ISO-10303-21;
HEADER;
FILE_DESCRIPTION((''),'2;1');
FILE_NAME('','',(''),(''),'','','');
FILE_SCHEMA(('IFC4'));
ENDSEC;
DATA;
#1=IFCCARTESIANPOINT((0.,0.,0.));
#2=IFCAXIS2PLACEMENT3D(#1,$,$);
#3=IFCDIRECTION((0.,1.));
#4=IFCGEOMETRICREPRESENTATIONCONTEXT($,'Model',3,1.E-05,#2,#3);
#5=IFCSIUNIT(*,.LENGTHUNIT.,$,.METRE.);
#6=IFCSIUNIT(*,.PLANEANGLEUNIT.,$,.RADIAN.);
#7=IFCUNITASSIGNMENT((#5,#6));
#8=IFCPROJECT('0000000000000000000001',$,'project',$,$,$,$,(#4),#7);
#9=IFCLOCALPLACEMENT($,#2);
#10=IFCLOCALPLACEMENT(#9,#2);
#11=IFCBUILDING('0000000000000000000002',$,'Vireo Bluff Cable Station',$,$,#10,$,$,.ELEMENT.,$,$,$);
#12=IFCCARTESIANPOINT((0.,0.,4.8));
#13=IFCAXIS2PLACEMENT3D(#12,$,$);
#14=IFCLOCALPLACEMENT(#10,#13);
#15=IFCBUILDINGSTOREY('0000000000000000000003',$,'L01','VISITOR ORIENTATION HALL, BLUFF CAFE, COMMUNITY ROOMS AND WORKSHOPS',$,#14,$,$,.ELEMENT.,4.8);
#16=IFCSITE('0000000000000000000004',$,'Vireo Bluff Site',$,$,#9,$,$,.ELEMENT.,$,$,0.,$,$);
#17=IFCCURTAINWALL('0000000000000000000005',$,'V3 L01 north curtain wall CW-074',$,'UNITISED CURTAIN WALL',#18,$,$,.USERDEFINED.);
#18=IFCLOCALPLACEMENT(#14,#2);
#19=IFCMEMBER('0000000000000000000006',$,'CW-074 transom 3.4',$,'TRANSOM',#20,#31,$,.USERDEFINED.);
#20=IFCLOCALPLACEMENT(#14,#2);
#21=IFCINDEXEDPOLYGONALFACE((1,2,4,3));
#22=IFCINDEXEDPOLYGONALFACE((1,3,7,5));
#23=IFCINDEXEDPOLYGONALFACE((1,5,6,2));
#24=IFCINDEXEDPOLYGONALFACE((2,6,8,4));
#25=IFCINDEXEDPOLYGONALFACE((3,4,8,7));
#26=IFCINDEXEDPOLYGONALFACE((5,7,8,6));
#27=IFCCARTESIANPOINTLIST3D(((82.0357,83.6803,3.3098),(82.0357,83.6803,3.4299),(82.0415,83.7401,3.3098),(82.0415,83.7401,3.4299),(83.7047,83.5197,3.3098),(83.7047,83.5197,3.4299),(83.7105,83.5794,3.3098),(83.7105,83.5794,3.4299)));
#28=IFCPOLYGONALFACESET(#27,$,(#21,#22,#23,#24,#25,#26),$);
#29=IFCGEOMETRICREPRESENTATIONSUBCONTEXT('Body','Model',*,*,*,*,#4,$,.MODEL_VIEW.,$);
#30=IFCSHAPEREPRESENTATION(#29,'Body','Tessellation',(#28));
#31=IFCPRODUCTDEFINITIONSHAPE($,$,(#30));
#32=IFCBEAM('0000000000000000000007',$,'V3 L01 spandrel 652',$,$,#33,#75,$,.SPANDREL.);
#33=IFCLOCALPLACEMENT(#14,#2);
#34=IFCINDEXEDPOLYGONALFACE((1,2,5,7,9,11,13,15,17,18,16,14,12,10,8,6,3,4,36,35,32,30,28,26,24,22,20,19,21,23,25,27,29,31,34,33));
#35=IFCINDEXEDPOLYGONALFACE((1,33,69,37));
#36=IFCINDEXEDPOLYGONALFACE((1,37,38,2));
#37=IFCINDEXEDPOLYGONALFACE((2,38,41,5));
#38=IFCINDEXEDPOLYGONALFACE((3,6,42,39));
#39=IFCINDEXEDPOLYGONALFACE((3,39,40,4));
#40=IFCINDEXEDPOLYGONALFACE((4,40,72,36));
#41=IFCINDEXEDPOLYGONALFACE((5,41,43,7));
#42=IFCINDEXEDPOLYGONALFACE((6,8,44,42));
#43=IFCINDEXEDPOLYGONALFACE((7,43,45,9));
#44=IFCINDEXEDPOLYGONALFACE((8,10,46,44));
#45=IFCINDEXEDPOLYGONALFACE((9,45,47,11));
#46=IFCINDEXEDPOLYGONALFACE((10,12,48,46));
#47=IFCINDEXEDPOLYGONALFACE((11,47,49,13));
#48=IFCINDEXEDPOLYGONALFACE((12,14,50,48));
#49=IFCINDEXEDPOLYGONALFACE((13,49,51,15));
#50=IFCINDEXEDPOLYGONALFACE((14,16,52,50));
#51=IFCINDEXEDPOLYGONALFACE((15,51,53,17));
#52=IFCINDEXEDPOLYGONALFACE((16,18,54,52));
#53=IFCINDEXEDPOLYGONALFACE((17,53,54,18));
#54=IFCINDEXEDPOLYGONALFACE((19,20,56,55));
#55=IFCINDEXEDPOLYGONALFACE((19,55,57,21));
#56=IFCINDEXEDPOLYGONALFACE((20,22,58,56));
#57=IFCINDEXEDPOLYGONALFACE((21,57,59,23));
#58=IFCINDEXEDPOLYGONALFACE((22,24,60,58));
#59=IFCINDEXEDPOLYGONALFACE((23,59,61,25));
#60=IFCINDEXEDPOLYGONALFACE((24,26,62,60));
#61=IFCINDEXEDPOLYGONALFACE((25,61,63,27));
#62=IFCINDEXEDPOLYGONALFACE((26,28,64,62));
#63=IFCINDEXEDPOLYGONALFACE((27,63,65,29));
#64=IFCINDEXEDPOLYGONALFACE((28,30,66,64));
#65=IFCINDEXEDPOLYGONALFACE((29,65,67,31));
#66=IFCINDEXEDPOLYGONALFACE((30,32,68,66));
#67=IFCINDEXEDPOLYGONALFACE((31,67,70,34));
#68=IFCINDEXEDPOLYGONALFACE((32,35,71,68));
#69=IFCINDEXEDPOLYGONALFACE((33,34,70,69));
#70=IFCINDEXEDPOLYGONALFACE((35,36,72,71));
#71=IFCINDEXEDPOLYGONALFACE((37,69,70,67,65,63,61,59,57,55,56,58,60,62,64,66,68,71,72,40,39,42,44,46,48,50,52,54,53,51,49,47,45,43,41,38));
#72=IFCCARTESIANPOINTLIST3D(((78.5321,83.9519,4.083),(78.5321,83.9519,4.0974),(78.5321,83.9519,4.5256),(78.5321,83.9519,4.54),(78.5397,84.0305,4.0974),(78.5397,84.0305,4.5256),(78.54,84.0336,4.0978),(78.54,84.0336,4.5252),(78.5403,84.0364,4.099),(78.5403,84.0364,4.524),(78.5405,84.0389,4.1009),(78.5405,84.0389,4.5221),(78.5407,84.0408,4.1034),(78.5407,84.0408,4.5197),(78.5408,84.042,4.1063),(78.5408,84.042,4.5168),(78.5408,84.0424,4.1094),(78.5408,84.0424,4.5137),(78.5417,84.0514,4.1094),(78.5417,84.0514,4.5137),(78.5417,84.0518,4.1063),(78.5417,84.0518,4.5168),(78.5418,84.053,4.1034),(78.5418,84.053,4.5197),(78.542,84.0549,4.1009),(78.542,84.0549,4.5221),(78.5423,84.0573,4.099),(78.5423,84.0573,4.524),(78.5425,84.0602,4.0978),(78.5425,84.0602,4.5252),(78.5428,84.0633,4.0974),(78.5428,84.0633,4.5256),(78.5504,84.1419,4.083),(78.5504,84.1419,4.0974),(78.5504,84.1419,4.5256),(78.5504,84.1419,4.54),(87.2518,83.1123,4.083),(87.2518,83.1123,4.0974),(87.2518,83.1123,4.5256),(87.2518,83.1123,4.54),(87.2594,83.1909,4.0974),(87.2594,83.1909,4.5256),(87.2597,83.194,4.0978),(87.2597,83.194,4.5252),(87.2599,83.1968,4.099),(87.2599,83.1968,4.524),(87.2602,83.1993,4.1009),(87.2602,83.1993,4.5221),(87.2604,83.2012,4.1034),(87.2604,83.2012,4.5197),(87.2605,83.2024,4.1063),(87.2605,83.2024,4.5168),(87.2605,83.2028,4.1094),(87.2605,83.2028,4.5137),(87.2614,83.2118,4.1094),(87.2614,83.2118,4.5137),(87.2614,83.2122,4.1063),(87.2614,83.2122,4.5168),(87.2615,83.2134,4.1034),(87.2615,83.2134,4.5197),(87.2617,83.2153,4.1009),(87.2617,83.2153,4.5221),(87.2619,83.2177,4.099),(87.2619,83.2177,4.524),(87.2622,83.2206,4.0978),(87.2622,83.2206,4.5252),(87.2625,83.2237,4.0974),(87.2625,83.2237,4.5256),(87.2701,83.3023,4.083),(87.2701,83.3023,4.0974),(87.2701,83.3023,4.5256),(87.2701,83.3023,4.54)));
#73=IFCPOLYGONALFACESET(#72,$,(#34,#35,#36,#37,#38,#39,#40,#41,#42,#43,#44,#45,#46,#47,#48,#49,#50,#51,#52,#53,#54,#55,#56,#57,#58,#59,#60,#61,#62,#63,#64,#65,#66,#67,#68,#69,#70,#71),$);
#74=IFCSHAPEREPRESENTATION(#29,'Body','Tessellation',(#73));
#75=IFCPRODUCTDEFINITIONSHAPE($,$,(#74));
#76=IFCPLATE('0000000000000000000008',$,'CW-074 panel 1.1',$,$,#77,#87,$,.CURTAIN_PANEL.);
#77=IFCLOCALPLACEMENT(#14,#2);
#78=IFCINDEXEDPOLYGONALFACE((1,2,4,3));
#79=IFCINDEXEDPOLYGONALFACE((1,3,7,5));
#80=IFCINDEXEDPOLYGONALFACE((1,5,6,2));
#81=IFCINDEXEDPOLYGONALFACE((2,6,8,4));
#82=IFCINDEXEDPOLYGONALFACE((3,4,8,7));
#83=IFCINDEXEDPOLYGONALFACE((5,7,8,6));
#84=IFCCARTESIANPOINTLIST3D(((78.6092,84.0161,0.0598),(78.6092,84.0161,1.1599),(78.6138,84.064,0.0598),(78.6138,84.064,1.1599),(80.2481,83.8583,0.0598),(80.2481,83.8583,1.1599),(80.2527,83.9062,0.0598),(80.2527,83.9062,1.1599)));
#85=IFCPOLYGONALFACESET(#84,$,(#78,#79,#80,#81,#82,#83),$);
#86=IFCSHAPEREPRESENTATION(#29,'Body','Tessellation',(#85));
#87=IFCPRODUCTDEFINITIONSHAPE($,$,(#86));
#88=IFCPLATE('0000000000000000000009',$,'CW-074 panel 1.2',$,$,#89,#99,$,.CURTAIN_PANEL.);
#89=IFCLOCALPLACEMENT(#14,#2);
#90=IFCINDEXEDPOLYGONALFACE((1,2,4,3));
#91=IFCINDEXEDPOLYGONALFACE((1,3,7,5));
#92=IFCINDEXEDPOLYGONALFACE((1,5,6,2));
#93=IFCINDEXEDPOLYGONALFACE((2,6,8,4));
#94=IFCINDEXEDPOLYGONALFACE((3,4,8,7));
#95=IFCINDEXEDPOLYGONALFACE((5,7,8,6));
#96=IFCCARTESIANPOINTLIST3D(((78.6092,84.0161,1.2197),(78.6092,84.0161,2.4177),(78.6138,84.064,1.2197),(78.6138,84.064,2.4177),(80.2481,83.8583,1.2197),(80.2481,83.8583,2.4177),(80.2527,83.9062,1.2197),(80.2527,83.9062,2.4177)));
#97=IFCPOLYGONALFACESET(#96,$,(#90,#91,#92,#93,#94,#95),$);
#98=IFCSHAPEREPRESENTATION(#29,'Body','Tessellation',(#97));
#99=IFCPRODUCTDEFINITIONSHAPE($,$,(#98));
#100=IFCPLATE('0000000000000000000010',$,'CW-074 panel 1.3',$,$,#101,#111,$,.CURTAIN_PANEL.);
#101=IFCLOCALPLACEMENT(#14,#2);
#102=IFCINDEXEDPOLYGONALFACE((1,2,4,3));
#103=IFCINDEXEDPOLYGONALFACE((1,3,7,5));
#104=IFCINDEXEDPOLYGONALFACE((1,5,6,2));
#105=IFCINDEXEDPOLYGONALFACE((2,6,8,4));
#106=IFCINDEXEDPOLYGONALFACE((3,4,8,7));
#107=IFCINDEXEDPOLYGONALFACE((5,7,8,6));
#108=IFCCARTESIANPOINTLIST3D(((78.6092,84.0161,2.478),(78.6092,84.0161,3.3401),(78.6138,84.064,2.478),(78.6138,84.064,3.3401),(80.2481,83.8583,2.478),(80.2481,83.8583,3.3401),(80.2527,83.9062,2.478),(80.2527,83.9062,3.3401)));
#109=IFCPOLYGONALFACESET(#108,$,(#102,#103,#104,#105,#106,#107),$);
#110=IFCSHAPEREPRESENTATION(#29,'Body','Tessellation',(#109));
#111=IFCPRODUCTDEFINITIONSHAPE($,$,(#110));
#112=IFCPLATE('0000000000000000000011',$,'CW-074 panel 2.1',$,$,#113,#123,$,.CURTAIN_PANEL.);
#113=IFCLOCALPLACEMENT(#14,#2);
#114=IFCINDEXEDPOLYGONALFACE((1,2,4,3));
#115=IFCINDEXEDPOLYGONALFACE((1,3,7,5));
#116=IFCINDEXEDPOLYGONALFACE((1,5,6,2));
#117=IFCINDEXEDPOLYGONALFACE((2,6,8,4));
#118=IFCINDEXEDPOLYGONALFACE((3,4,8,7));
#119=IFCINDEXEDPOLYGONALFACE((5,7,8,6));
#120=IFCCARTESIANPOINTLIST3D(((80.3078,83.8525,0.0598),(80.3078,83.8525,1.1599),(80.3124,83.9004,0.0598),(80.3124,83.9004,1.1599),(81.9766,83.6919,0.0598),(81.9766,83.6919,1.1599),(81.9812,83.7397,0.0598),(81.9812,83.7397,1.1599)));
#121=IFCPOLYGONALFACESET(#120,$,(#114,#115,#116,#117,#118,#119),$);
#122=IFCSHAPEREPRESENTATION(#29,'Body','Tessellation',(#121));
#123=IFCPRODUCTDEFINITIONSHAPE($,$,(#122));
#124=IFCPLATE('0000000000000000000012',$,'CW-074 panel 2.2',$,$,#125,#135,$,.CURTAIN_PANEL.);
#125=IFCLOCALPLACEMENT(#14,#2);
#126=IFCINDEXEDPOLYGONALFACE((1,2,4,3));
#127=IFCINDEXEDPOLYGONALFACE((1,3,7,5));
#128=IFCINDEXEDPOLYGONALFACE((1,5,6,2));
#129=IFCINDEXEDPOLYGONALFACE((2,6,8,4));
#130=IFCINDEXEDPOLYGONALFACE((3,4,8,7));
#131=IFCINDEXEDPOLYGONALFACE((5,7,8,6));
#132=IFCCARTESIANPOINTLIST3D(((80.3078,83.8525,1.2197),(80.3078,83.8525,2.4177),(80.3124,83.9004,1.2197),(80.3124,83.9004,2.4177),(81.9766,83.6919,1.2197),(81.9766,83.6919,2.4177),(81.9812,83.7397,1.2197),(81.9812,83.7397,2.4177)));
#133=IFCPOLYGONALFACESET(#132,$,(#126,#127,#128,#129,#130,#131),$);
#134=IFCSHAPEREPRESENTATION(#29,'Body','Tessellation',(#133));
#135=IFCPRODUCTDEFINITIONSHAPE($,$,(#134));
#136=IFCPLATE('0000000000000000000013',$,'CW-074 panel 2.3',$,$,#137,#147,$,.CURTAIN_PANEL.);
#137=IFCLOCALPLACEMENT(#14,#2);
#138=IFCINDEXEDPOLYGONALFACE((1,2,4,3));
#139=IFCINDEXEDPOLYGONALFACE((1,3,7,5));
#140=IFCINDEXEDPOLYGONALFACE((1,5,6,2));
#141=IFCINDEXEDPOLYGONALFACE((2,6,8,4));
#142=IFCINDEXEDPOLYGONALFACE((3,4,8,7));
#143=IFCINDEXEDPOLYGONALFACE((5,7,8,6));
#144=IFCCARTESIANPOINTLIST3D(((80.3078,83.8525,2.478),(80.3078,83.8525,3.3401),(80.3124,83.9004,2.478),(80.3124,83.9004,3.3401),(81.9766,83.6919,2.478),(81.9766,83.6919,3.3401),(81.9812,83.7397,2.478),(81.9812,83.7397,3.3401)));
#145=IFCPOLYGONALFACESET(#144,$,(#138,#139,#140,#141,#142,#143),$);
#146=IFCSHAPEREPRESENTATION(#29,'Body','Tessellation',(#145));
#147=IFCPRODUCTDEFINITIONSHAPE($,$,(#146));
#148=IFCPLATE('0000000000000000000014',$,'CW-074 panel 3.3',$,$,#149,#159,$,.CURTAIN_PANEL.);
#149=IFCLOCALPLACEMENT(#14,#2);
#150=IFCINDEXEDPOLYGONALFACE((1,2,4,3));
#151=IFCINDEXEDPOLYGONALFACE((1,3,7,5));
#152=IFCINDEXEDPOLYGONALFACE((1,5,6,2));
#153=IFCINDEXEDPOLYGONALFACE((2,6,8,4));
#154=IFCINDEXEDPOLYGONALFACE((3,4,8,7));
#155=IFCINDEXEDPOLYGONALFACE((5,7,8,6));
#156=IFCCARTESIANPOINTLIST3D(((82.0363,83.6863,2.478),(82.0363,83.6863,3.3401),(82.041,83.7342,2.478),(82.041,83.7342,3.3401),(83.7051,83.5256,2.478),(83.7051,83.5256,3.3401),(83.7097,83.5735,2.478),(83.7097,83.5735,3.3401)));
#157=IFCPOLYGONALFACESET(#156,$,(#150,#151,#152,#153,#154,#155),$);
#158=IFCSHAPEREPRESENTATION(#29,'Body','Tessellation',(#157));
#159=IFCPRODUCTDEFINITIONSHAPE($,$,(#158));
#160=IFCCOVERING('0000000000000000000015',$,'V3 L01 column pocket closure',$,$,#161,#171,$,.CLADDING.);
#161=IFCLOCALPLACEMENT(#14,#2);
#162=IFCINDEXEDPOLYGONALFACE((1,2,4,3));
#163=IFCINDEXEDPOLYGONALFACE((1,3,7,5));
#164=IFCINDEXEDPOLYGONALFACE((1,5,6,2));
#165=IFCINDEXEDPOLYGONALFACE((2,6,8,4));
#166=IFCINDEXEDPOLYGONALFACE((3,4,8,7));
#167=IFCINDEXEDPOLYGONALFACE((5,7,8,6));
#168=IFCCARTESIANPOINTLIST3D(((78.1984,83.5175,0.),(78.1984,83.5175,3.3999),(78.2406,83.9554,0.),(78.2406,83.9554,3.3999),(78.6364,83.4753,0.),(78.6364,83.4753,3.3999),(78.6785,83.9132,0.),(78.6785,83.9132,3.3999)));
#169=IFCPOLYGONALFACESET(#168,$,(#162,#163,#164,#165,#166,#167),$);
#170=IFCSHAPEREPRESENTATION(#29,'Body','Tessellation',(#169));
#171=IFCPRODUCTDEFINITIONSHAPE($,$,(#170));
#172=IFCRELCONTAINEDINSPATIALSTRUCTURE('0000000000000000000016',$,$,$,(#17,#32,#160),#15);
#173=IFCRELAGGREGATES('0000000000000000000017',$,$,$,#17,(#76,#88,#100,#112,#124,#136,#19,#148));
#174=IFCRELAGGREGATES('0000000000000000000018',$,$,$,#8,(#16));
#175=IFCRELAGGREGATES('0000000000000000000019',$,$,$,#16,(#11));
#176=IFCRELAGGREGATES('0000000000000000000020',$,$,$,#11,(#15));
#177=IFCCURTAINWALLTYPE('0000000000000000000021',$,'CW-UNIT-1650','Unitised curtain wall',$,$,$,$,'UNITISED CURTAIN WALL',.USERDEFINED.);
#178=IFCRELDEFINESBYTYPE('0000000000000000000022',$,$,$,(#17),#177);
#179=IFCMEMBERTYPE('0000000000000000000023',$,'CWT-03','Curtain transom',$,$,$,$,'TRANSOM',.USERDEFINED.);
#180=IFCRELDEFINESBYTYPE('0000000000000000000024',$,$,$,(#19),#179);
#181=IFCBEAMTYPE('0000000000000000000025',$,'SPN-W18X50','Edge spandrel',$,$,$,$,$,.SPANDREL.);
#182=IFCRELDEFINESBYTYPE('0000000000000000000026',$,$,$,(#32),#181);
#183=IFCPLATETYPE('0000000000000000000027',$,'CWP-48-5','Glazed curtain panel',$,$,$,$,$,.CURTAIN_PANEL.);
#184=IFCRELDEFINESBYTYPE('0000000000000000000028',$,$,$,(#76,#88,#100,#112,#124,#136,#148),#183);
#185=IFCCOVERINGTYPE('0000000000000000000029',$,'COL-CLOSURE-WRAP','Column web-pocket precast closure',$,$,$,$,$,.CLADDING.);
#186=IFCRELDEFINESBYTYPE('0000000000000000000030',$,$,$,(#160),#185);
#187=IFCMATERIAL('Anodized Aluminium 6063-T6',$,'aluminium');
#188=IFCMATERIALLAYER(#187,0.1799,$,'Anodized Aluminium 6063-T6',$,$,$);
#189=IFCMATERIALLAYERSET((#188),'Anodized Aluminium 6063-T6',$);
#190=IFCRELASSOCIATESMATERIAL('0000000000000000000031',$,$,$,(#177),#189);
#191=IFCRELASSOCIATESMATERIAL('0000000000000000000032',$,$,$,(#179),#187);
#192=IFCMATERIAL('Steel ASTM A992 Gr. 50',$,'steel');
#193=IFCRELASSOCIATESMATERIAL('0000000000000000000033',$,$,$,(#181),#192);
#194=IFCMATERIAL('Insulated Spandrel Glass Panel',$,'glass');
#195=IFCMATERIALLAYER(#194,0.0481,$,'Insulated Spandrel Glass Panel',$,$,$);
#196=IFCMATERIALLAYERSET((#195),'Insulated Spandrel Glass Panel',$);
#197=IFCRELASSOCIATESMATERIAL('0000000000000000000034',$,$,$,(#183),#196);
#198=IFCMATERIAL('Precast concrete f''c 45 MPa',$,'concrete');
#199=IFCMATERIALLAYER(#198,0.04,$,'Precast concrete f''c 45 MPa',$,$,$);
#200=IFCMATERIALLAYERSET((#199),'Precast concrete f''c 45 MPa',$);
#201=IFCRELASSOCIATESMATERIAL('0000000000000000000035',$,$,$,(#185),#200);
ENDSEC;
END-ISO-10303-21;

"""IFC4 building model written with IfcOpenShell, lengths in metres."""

from ifc_helpers import new_model, si_unit, direction, frame, origin, origin_2d, place, context, subcontext, project, spatial, rectangle, i_section, extrude, material, layer, layer_set, material_profile, profile_set, type_object, element, aggregate, save


model = new_model("IFC4")

# Units and contexts
model_context = context("Model", 3, precision=1e-05, world=origin(), true_north=direction((0.0, 1.0)))
body_context = subcontext(model_context, "Body", "Model", "MODEL_VIEW")
ifc_project = project(units=[si_unit("LENGTHUNIT", "METRE"), si_unit("PLANEANGLEUNIT", "RADIAN")], contexts=[model_context])

# Site, building, storey
site_placement = place(None, origin())
site = spatial("IfcSite", under=ifc_project, at=site_placement, Name="Vireo Bluff Site", CompositionType="ELEMENT", RefElevation=0.0)
building_placement = place(site_placement, origin())
building = spatial("IfcBuilding", under=site, at=building_placement, Name="Vireo Bluff Cable Station", CompositionType="ELEMENT")
storey_placement = place(building_placement, frame((0.0, 0.0, 4.8)))
storey = spatial("IfcBuildingStorey", under=building, at=storey_placement, Name="L01", Description="VISITOR ORIENTATION HALL, BLUFF CAFE, COMMUNITY ROOMS AND WORKSHOPS", CompositionType="ELEMENT", Elevation=4.8)

# Curtain wall, member
ifc_material_1 = material(Name="Anodized Aluminium 6063-T6", Category="aluminium")
ifc_layer_1 = layer(ifc_material_1, 0.1799, Name="Anodized Aluminium 6063-T6")
ifc_layer_set_1 = layer_set([ifc_layer_1], Name="Anodized Aluminium 6063-T6")
curtain_wall_type = type_object("IfcCurtainWallType", Name="CW-UNIT-1650", Description="Unitised curtain wall", ElementType="UNITISED CURTAIN WALL", PredefinedType="USERDEFINED", material=ifc_layer_set_1)
curtain_wall_placement = place(storey_placement, origin())
curtain_wall = element("IfcCurtainWall", 1, at=curtain_wall_placement, inside=storey, type_object=curtain_wall_type, Name="V3 L01 north curtain wall CW-074", ObjectType="UNITISED CURTAIN WALL", PredefinedType="USERDEFINED")
ifc_material_profile_1 = material_profile(ifc_material_1, rectangle(XDim=0.0601, YDim=0.1201, at=origin_2d()), Name="ALU-T-60X120")
ifc_profile_set_1 = profile_set([ifc_material_profile_1], Name="Anodized Aluminium 6063-T6")
member_type_1 = type_object("IfcMemberType", Name="CWT-03", Description="Curtain transom", ElementType="TRANSOM", PredefinedType="USERDEFINED", material=ifc_profile_set_1)
member_1_placement = place(storey_placement, frame((82.0386, 83.7102, 3.3699), z_axis=(0.995399, -0.095812, 0.0), x_axis=(0.095812, 0.995399, 0.0)))
member_1 = element("IfcMember", 2, at=member_1_placement, type_object=member_type_1, Name="CW-074 transom 3.4", ObjectType="TRANSOM", PredefinedType="USERDEFINED", context=body_context, shape_type="SweptSolid", body=[
    extrude(rectangle(XDim=0.0601, YDim=0.1201, at=origin_2d()), origin(), (0.0, 0.0, 1.0), 1.6768),
])

# Beam
ifc_material_2 = material(Name="Steel ASTM A992 Gr. 50", Category="steel")
ifc_material_profile_2 = material_profile(ifc_material_2, i_section(OverallWidth=0.1909, OverallDepth=0.457, WebThickness=0.009, FlangeThickness=0.0144, FilletRadius=0.012, at=origin_2d()), Name="W18X50")
ifc_profile_set_2 = profile_set([ifc_material_profile_2], Name="Steel ASTM A992 Gr. 50")
beam_type = type_object("IfcBeamType", Name="SPN-W18X50", Description="Edge spandrel", PredefinedType="SPANDREL", material=ifc_profile_set_2)
beam_placement = place(storey_placement, frame((78.5413, 84.0469, 4.3115), z_axis=(0.995396, -0.095844, 0.0), x_axis=(0.095844, 0.995396, 0.0)))
element("IfcBeam", 3, at=beam_placement, inside=storey, type_object=beam_type, Name="V3 L01 spandrel 652", PredefinedType="SPANDREL", context=body_context, shape_type="SweptSolid", body=[
    extrude(i_section(OverallWidth=0.1909, OverallDepth=0.457, WebThickness=0.009, FlangeThickness=0.0144, FilletRadius=0.012, at=origin_2d()), origin(), (0.0, 0.0, 1.0), 8.76),
])

# Plates
ifc_material_3 = material(Name="Insulated Spandrel Glass Panel", Category="glass")
ifc_layer_2 = layer(ifc_material_3, 0.0481, Name="Insulated Spandrel Glass Panel")
ifc_layer_set_2 = layer_set([ifc_layer_2], Name="Insulated Spandrel Glass Panel")
plate_type = type_object("IfcPlateType", Name="CWP-48-5", Description="Glazed curtain panel", PredefinedType="CURTAIN_PANEL", material=ifc_layer_set_2)
plate_1_placement = place(storey_placement, frame((79.4309, 83.9612, 0.0598), z_axis=(0.0, 0.0, 1.0), x_axis=(0.995396, -0.095846, 0.0)))
plate_1 = element("IfcPlate", 4, at=plate_1_placement, type_object=plate_type, Name="CW-074 panel 1.1", PredefinedType="CURTAIN_PANEL", context=body_context, shape_type="SweptSolid", body=[
    extrude(rectangle(XDim=1.6465, YDim=0.0481, at=origin_2d()), origin(), (0.0, 0.0, 1.0), 1.1001),
])
plate_2_placement = place(storey_placement, frame((79.4309, 83.9612, 1.2197), z_axis=(0.0, 0.0, 1.0), x_axis=(0.995396, -0.095846, 0.0)))
plate_2 = element("IfcPlate", 5, at=plate_2_placement, type_object=plate_type, Name="CW-074 panel 1.2", PredefinedType="CURTAIN_PANEL", context=body_context, shape_type="SweptSolid", body=[
    extrude(rectangle(XDim=1.6465, YDim=0.0481, at=origin_2d()), origin(), (0.0, 0.0, 1.0), 1.198),
])
plate_3_placement = place(storey_placement, frame((79.4309, 83.9612, 2.478), z_axis=(0.0, 0.0, 1.0), x_axis=(0.995396, -0.095846, 0.0)))
plate_3 = element("IfcPlate", 6, at=plate_3_placement, type_object=plate_type, Name="CW-074 panel 1.3", PredefinedType="CURTAIN_PANEL", context=body_context, shape_type="SweptSolid", body=[
    extrude(rectangle(XDim=1.6465, YDim=0.0481, at=origin_2d()), origin(), (0.0, 0.0, 1.0), 0.8621),
])
plate_4_placement = place(storey_placement, frame((81.1445, 83.7961, 0.0598), z_axis=(0.0, 0.0, 1.0), x_axis=(0.995396, -0.095846, 0.0)))
plate_4 = element("IfcPlate", 7, at=plate_4_placement, type_object=plate_type, Name="CW-074 panel 2.1", PredefinedType="CURTAIN_PANEL", context=body_context, shape_type="SweptSolid", body=[
    extrude(rectangle(XDim=1.6765, YDim=0.0481, at=origin_2d()), origin(), (0.0, 0.0, 1.0), 1.1001),
])
plate_5_placement = place(storey_placement, frame((81.1445, 83.7961, 1.2197), z_axis=(0.0, 0.0, 1.0), x_axis=(0.995396, -0.095846, 0.0)))
plate_5 = element("IfcPlate", 8, at=plate_5_placement, type_object=plate_type, Name="CW-074 panel 2.2", PredefinedType="CURTAIN_PANEL", context=body_context, shape_type="SweptSolid", body=[
    extrude(rectangle(XDim=1.6765, YDim=0.0481, at=origin_2d()), origin(), (0.0, 0.0, 1.0), 1.198),
])
plate_6_placement = place(storey_placement, frame((81.1445, 83.7961, 2.478), z_axis=(0.0, 0.0, 1.0), x_axis=(0.995396, -0.095846, 0.0)))
plate_6 = element("IfcPlate", 9, at=plate_6_placement, type_object=plate_type, Name="CW-074 panel 2.3", PredefinedType="CURTAIN_PANEL", context=body_context, shape_type="SweptSolid", body=[
    extrude(rectangle(XDim=1.6765, YDim=0.0481, at=origin_2d()), origin(), (0.0, 0.0, 1.0), 0.8621),
])
plate_7_placement = place(storey_placement, frame((82.873, 83.6299, 2.478), z_axis=(0.0, 0.0, 1.0), x_axis=(0.995396, -0.095846, 0.0)))
plate_7 = element("IfcPlate", 10, at=plate_7_placement, type_object=plate_type, Name="CW-074 panel 3.3", PredefinedType="CURTAIN_PANEL", context=body_context, shape_type="SweptSolid", body=[
    extrude(rectangle(XDim=1.6765, YDim=0.0481, at=origin_2d()), origin(), (0.0, 0.0, 1.0), 0.8621),
])
aggregate(curtain_wall, [plate_1, plate_2, plate_3, plate_4, plate_5, plate_6, member_1, plate_7])

# Covering
ifc_material_4 = material(Name="Precast concrete f'c 45 MPa", Category="concrete")
ifc_layer_3 = layer(ifc_material_4, 0.04, Name="Precast concrete f'c 45 MPa")
ifc_layer_set_3 = layer_set([ifc_layer_3], Name="Precast concrete f'c 45 MPa")
covering_type = type_object("IfcCoveringType", Name="COL-CLOSURE-WRAP", Description="Column web-pocket precast closure", PredefinedType="CLADDING", material=ifc_layer_set_3)
covering_placement = place(storey_placement, frame((78.4385, 83.7153, 0.0), z_axis=(0.0, 0.0, 1.0), x_axis=(0.995396, -0.095846, 0.0)))
element("IfcCovering", 11, at=covering_placement, inside=storey, type_object=covering_type, Name="V3 L01 column pocket closure", PredefinedType="CLADDING", context=body_context, shape_type="SweptSolid", body=[
    extrude(rectangle(XDim=0.4399, YDim=0.4399, at=origin_2d()), origin(), (0.0, 0.0, 1.0), 3.3999),
])

save(model, "model.ifc")
